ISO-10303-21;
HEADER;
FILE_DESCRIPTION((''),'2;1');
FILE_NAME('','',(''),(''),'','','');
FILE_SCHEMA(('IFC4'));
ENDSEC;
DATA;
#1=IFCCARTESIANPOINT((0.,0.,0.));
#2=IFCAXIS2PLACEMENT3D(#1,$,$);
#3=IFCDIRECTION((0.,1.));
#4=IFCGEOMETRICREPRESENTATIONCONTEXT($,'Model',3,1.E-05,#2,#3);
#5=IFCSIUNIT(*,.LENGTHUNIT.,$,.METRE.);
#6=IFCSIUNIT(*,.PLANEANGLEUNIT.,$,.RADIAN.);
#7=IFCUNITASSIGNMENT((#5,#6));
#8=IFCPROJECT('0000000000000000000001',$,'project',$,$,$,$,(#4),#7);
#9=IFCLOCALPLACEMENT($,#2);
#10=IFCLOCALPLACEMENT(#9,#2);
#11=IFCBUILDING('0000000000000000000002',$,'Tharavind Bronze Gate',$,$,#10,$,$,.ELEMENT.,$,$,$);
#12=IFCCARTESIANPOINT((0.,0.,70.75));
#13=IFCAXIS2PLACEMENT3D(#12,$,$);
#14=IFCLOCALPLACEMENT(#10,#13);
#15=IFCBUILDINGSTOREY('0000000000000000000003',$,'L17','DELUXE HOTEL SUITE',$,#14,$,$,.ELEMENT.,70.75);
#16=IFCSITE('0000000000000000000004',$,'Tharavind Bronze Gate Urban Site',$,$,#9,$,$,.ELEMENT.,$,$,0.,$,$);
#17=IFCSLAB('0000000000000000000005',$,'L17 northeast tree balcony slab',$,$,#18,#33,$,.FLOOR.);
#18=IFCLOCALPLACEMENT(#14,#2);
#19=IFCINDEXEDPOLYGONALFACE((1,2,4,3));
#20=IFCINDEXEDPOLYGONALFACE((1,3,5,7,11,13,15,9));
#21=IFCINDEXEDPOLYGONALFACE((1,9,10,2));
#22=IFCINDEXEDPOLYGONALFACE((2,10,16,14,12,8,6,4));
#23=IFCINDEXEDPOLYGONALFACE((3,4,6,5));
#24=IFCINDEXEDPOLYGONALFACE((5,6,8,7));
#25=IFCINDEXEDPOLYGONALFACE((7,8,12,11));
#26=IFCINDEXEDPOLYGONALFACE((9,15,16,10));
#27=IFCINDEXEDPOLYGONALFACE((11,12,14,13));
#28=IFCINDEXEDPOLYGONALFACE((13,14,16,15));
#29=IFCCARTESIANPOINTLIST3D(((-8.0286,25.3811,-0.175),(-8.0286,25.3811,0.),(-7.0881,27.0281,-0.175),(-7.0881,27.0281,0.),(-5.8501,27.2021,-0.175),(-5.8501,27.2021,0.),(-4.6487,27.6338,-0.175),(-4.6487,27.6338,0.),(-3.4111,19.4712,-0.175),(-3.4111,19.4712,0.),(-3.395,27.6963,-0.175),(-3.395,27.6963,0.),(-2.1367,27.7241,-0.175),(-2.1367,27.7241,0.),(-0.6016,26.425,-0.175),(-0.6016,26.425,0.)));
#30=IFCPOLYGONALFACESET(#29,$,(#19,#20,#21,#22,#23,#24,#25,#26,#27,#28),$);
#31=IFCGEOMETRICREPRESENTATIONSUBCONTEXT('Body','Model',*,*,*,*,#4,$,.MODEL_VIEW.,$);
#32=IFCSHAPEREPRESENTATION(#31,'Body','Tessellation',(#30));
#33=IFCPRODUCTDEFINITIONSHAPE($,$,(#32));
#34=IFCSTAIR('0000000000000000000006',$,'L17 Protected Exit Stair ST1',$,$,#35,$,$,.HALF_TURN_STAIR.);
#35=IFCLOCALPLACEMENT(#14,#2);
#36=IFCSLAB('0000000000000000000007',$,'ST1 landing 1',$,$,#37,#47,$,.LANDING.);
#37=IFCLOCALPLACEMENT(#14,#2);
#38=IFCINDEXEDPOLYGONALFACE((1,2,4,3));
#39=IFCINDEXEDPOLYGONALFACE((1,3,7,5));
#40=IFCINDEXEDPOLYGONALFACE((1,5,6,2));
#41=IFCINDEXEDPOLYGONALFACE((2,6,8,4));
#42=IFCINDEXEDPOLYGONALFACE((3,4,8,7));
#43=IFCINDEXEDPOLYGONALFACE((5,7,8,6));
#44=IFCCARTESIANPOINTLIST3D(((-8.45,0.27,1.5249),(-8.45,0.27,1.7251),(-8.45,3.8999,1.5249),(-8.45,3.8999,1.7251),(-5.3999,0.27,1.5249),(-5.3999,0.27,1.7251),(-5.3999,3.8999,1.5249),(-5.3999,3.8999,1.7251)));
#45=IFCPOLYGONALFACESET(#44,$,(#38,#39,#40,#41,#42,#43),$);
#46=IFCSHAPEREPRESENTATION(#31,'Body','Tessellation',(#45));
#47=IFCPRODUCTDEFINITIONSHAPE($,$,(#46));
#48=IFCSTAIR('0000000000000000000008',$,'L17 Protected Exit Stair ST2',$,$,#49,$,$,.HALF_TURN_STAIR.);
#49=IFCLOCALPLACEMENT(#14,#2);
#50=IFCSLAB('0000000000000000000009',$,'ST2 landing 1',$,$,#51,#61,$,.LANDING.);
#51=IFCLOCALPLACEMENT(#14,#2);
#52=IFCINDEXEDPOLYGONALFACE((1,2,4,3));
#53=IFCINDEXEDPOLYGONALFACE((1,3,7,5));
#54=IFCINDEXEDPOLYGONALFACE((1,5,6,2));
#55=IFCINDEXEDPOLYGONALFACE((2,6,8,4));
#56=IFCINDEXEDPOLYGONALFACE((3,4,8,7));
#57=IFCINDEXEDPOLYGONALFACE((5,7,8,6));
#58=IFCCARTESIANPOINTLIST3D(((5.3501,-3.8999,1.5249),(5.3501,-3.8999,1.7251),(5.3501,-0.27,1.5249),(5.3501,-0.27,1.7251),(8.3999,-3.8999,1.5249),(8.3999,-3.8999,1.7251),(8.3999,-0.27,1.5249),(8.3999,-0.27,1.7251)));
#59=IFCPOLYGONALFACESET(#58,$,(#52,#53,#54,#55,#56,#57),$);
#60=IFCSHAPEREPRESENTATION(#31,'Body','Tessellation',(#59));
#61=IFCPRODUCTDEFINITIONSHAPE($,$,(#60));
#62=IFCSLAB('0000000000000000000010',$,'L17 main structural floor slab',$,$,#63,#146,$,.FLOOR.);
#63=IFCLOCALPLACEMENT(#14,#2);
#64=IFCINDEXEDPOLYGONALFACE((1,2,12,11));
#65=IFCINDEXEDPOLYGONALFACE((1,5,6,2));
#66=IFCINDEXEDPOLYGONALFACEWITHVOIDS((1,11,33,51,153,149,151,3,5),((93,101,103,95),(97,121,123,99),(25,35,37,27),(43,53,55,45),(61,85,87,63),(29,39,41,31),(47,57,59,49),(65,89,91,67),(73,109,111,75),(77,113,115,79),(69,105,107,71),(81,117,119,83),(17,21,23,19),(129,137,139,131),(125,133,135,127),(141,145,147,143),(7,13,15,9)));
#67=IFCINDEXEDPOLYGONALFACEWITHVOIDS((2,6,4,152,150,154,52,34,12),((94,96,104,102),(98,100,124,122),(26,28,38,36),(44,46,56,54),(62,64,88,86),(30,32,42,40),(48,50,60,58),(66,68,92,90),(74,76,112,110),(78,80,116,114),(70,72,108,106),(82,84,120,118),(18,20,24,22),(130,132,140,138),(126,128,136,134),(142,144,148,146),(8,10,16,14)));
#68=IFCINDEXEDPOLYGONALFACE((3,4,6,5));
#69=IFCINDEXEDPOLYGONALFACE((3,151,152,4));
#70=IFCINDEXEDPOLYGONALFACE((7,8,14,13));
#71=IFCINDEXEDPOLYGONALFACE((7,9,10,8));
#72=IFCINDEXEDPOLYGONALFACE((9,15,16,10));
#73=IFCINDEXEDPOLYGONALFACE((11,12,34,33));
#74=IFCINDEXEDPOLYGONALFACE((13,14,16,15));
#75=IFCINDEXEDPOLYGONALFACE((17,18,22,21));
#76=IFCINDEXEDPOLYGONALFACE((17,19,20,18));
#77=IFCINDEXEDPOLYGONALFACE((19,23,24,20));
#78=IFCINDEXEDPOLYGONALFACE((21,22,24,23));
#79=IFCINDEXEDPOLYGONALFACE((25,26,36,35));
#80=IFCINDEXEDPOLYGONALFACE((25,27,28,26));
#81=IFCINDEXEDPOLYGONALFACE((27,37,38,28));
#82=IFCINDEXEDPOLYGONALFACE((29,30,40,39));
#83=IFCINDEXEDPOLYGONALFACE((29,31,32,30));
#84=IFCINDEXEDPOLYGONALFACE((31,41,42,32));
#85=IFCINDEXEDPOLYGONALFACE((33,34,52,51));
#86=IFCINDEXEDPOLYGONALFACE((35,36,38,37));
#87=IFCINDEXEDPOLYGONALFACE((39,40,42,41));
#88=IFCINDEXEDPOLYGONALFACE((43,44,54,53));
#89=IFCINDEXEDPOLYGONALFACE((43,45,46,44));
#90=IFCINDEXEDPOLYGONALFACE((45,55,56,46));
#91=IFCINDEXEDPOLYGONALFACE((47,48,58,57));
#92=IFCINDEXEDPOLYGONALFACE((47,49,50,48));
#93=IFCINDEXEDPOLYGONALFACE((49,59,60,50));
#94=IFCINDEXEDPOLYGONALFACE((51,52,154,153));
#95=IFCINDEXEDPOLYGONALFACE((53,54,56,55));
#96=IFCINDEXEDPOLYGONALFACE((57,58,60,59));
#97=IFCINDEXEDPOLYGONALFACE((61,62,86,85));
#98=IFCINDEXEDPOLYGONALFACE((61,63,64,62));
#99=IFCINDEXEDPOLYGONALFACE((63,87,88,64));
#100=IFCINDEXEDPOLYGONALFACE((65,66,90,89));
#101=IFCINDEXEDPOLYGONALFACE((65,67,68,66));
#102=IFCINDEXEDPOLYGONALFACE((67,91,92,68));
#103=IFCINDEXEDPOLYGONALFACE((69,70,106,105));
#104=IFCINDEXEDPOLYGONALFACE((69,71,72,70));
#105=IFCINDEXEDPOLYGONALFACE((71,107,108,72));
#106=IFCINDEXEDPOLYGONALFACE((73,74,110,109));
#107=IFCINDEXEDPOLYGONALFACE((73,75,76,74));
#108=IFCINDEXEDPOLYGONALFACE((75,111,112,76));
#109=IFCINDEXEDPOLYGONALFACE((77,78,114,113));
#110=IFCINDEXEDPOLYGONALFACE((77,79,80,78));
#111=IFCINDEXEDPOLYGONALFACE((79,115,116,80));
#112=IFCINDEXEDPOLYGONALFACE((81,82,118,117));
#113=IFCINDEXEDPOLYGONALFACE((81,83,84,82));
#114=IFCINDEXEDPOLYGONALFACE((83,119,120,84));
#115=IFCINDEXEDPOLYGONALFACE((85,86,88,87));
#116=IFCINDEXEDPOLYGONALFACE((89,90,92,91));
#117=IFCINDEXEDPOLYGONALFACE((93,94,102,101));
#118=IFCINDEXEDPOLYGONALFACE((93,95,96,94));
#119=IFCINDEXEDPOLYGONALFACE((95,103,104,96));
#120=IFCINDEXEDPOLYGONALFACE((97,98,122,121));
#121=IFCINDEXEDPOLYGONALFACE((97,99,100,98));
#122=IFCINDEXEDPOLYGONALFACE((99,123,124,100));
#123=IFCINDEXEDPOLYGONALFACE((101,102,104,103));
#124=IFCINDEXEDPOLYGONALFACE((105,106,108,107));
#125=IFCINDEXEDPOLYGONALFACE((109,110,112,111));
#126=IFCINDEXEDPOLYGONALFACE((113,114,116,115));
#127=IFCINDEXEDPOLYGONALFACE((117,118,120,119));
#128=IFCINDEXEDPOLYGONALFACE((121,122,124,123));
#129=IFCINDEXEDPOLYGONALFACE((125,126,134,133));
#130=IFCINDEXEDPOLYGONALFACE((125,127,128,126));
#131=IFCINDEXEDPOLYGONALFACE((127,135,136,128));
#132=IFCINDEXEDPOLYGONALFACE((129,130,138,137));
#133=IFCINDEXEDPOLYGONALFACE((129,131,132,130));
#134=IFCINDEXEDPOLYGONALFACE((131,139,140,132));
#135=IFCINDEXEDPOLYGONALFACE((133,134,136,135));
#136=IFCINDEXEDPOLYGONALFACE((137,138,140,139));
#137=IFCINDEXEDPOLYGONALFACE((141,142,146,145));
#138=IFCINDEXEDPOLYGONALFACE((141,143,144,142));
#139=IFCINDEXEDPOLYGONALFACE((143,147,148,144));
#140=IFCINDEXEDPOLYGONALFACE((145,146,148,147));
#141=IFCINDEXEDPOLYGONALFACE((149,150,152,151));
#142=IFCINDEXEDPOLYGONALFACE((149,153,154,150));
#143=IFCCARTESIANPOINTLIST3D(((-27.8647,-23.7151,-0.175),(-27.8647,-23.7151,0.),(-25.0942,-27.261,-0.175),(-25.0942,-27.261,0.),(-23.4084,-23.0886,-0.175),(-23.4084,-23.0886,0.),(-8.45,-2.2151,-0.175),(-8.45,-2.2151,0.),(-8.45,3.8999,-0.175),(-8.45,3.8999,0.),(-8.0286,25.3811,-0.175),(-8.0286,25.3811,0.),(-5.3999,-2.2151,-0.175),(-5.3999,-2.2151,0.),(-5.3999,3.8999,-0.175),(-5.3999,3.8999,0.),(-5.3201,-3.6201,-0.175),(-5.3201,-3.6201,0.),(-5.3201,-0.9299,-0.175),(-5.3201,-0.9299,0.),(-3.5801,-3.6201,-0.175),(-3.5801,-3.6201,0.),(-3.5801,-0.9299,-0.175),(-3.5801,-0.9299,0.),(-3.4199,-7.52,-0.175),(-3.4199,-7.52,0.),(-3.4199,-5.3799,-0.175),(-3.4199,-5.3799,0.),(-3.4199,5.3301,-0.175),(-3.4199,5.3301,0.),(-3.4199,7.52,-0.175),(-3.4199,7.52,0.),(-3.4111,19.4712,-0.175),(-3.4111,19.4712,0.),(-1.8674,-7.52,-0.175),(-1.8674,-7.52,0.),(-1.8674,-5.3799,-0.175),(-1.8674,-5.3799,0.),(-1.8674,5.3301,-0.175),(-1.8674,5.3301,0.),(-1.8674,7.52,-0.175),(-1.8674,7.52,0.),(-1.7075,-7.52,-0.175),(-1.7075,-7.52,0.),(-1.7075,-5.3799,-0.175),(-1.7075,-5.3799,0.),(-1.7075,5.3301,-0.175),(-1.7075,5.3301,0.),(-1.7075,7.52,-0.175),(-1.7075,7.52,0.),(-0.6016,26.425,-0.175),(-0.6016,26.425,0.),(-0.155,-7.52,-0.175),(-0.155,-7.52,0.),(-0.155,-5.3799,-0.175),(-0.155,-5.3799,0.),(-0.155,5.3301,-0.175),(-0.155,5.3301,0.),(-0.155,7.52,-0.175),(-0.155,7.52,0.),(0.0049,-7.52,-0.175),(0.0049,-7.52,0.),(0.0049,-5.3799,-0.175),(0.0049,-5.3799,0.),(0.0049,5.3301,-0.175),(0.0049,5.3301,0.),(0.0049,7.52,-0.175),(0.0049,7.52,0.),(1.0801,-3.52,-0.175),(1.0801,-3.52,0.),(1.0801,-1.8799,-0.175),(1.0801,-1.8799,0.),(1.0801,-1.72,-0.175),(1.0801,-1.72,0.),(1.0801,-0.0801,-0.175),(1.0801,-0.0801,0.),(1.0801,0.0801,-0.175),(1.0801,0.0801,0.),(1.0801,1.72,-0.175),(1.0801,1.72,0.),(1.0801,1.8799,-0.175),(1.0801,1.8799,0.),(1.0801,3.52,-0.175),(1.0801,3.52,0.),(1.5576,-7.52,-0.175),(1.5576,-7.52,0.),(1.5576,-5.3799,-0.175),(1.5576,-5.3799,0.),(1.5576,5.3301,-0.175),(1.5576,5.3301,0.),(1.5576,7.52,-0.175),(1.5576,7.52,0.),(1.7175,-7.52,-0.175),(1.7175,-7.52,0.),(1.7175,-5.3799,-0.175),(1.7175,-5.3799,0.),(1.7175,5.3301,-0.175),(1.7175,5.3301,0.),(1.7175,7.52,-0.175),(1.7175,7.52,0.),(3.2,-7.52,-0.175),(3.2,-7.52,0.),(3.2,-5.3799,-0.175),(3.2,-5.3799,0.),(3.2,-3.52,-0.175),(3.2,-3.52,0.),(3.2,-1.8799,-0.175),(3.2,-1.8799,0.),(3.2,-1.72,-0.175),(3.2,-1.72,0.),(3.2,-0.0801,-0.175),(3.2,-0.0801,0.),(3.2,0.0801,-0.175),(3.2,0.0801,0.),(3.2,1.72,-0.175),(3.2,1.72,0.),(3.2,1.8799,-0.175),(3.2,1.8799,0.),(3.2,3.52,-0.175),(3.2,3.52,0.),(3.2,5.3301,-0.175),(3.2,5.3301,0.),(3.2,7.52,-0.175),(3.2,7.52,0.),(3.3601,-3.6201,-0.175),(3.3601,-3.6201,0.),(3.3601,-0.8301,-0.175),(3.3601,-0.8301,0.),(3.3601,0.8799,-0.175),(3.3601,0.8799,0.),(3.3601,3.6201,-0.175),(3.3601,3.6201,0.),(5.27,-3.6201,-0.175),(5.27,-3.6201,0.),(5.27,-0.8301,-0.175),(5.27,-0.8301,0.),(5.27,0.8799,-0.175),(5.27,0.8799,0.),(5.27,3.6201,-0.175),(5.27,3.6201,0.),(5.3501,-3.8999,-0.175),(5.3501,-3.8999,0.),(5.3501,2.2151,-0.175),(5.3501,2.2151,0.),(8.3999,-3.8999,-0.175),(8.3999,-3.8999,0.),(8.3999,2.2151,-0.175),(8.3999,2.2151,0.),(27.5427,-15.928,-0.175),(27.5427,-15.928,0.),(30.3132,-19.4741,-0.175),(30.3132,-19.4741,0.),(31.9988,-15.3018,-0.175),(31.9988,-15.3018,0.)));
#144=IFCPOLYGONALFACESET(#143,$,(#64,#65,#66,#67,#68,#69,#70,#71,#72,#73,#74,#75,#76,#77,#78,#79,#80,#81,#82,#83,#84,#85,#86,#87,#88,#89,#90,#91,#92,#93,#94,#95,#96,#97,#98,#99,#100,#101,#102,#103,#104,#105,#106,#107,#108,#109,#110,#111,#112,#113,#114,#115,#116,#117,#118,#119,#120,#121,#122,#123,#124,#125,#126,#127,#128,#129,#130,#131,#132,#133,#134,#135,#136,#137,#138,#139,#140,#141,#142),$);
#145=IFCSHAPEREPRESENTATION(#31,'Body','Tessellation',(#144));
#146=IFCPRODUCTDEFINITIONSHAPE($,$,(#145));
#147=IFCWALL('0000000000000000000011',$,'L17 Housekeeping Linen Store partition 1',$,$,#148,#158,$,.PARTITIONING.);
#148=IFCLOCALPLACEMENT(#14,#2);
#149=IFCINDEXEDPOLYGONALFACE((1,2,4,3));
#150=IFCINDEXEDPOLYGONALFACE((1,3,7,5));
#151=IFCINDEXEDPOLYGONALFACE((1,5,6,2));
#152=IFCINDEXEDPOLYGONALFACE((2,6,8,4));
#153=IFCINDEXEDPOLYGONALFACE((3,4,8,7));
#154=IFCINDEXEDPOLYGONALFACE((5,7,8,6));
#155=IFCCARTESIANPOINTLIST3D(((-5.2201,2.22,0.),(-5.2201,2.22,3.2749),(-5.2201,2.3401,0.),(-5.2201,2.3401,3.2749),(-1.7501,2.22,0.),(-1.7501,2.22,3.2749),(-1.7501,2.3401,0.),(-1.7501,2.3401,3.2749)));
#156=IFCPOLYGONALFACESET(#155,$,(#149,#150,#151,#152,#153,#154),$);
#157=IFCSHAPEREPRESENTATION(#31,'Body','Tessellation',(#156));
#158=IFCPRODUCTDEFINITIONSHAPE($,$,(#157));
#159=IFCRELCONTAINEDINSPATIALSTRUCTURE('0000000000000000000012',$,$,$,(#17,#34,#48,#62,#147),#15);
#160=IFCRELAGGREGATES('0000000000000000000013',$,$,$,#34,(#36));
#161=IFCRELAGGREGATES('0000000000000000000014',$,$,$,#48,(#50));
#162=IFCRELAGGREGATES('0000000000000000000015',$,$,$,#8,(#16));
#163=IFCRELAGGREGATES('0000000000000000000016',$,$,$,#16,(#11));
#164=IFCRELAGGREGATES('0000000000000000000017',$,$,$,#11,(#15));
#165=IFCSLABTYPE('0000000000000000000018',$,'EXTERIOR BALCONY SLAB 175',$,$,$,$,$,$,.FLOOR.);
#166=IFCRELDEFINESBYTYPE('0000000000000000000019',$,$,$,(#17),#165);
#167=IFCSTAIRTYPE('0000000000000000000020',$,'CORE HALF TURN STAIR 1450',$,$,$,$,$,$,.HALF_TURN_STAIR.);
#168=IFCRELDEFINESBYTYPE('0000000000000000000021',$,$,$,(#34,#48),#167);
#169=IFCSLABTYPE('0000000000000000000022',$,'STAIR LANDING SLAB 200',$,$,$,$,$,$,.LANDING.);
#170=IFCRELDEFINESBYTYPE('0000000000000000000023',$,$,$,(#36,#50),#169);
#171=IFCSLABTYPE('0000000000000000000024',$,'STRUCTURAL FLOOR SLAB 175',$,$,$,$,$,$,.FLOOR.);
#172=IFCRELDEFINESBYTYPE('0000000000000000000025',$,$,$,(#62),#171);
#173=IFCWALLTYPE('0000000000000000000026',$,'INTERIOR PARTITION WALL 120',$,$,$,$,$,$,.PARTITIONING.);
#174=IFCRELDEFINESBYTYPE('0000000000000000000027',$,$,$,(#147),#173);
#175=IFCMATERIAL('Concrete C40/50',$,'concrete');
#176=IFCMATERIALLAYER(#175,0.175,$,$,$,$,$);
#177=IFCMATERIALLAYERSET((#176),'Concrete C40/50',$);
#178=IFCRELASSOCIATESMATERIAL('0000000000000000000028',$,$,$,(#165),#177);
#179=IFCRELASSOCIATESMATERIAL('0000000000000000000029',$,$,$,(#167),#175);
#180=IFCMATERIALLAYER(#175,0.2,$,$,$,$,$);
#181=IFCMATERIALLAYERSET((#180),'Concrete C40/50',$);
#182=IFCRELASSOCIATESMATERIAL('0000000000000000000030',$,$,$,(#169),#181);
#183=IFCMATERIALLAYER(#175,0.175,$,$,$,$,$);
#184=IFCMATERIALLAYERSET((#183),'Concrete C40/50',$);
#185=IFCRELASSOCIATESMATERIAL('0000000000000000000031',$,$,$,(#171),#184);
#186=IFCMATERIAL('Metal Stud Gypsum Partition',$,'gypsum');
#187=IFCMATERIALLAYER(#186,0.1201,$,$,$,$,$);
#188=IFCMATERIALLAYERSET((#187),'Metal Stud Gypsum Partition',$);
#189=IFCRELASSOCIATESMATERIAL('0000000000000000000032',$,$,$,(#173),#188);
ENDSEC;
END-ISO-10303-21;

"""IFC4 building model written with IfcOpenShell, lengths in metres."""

from ifc_helpers import new_model, si_unit, direction, frame, frame_2d, origin, place, context, subcontext, project, spatial, polyline, rectangle, outline, extrude, material, layer, layer_set, type_object, element, aggregate, save


model = new_model("IFC4")

# Units and contexts
model_context = context("Model", 3, precision=1e-05, world=origin(), true_north=direction((0.0, 1.0)))
body_context = subcontext(model_context, "Body", "Model", "MODEL_VIEW")
ifc_project = project(units=[si_unit("LENGTHUNIT", "METRE"), si_unit("PLANEANGLEUNIT", "RADIAN")], contexts=[model_context])

# Site, building, storey
site_placement = place(None, origin())
site = spatial("IfcSite", under=ifc_project, at=site_placement, Name="Tharavind Bronze Gate Urban Site", CompositionType="ELEMENT", RefElevation=0.0)
building_placement = place(site_placement, origin())
building = spatial("IfcBuilding", under=site, at=building_placement, Name="Tharavind Bronze Gate", CompositionType="ELEMENT")
storey_placement = place(building_placement, frame((0.0, 0.0, 70.75)))
storey = spatial("IfcBuildingStorey", under=building, at=storey_placement, Name="L17", Description="DELUXE HOTEL SUITE", CompositionType="ELEMENT", Elevation=70.75)

# Slab
ifc_material_1 = material(Name="Concrete C40/50", Category="concrete")
ifc_layer_1 = layer(ifc_material_1, 0.175)
ifc_layer_set_1 = layer_set([ifc_layer_1], Name="Concrete C40/50")
slab_type_1 = type_object("IfcSlabType", Name="EXTERIOR BALCONY SLAB 175", PredefinedType="FLOOR", material=ifc_layer_set_1)
slab_1_placement = place(storey_placement, frame((0.0, 0.0, -0.175)))
element("IfcSlab", 1, at=slab_1_placement, inside=storey, type_object=slab_type_1, Name="L17 northeast tree balcony slab", PredefinedType="FLOOR", context=body_context, shape_type="SweptSolid", body=[
    extrude(outline(polyline([(-2.1367, 27.7241), (-3.395, 27.6963), (-4.6487, 27.6338), (-5.8501, 27.2021), (-7.0881, 27.0281), (-8.0286, 25.3811), (-3.4111, 19.4712), (-0.6016, 26.425), (-2.1367, 27.7241)])), origin(), (0.0, 0.0, 1.0), 0.175),
])

# Stairs, slabs
stair_type = type_object("IfcStairType", Name="CORE HALF TURN STAIR 1450", PredefinedType="HALF_TURN_STAIR", material=ifc_material_1)
stair_1_placement = place(storey_placement, origin())
stair_1 = element("IfcStair", 2, at=stair_1_placement, inside=storey, type_object=stair_type, Name="L17 Protected Exit Stair ST1", PredefinedType="HALF_TURN_STAIR")
ifc_layer_2 = layer(ifc_material_1, 0.2)
ifc_layer_set_2 = layer_set([ifc_layer_2], Name="Concrete C40/50")
slab_type_2 = type_object("IfcSlabType", Name="STAIR LANDING SLAB 200", PredefinedType="LANDING", material=ifc_layer_set_2)
slab_2_placement = place(storey_placement, frame((0.0, 0.0, 1.5249)))
slab_2 = element("IfcSlab", 3, at=slab_2_placement, type_object=slab_type_2, Name="ST1 landing 1", PredefinedType="LANDING", context=body_context, shape_type="SweptSolid", body=[
    extrude(outline(polyline([(-5.3999, 0.27), (-5.3999, 3.8999), (-8.45, 3.8999), (-8.45, 0.27), (-5.3999, 0.27)])), origin(), (0.0, 0.0, 1.0), 0.2002),
])
aggregate(stair_1, [slab_2])
stair_2_placement = place(storey_placement, origin())
stair_2 = element("IfcStair", 4, at=stair_2_placement, inside=storey, type_object=stair_type, Name="L17 Protected Exit Stair ST2", PredefinedType="HALF_TURN_STAIR")
slab_3_placement = place(storey_placement, frame((0.0, 0.0, 1.5249)))
slab_3 = element("IfcSlab", 5, at=slab_3_placement, type_object=slab_type_2, Name="ST2 landing 1", PredefinedType="LANDING", context=body_context, shape_type="SweptSolid", body=[
    extrude(outline(polyline([(5.3501, -0.27), (5.3501, -3.8999), (8.3999, -3.8999), (8.3999, -0.27), (5.3501, -0.27)])), origin(), (0.0, 0.0, 1.0), 0.2002),
])
aggregate(stair_2, [slab_3])

# Slab
ifc_layer_3 = layer(ifc_material_1, 0.175)
ifc_layer_set_3 = layer_set([ifc_layer_3], Name="Concrete C40/50")
slab_type_3 = type_object("IfcSlabType", Name="STRUCTURAL FLOOR SLAB 175", PredefinedType="FLOOR", material=ifc_layer_set_3)
slab_4_placement = place(storey_placement, frame((0.0, 0.0, -0.175)))
element("IfcSlab", 6, at=slab_4_placement, inside=storey, type_object=slab_type_3, Name="L17 main structural floor slab", PredefinedType="FLOOR", context=body_context, shape_type="SweptSolid", body=[
    extrude(outline(polyline([(-0.6016, 26.425), (-3.4111, 19.4712), (-8.0286, 25.3811), (-27.8647, -23.7151), (-23.4084, -23.0886), (-25.0942, -27.261), (30.3132, -19.4741), (27.5427, -15.928), (31.9988, -15.3018), (-0.6016, 26.425)]), holes=[polyline([(-5.3999, -2.2151), (-5.3999, 3.8999), (-8.45, 3.8999), (-8.45, -2.2151), (-5.3999, -2.2151)]), polyline([(5.3501, 2.2151), (5.3501, -3.8999), (8.3999, -3.8999), (8.3999, 2.2151), (5.3501, 2.2151)]), polyline([(-3.4199, -7.52), (-1.8674, -7.52), (-1.8674, -5.3799), (-3.4199, -5.3799), (-3.4199, -7.52)]), polyline([(-1.7075, -7.52), (-0.155, -7.52), (-0.155, -5.3799), (-1.7075, -5.3799), (-1.7075, -7.52)]), polyline([(0.0049, -7.52), (1.5576, -7.52), (1.5576, -5.3799), (0.0049, -5.3799), (0.0049, -7.52)]), polyline([(1.7175, -7.52), (3.2, -7.52), (3.2, -5.3799), (1.7175, -5.3799), (1.7175, -7.52)]), polyline([(-3.4199, 5.3301), (-1.8674, 5.3301), (-1.8674, 7.52), (-3.4199, 7.52), (-3.4199, 5.3301)]), polyline([(-1.7075, 5.3301), (-0.155, 5.3301), (-0.155, 7.52), (-1.7075, 7.52), (-1.7075, 5.3301)]), polyline([(0.0049, 5.3301), (1.5576, 5.3301), (1.5576, 7.52), (0.0049, 7.52), (0.0049, 5.3301)]), polyline([(1.7175, 5.3301), (3.2, 5.3301), (3.2, 7.52), (1.7175, 7.52), (1.7175, 5.3301)]), polyline([(1.0801, -3.52), (3.2, -3.52), (3.2, -1.8799), (1.0801, -1.8799), (1.0801, -3.52)]), polyline([(1.0801, -1.72), (3.2, -1.72), (3.2, -0.0801), (1.0801, -0.0801), (1.0801, -1.72)]), polyline([(1.0801, 0.0801), (3.2, 0.0801), (3.2, 1.72), (1.0801, 1.72), (1.0801, 0.0801)]), polyline([(1.0801, 1.8799), (3.2, 1.8799), (3.2, 3.52), (1.0801, 3.52), (1.0801, 1.8799)]), polyline([(-5.3201, -3.6201), (-3.5801, -3.6201), (-3.5801, -0.9299), (-5.3201, -0.9299), (-5.3201, -3.6201)]), polyline([(3.3601, 0.8799), (5.27, 0.8799), (5.27, 3.6201), (3.3601, 3.6201), (3.3601, 0.8799)]), polyline([(3.3601, -3.6201), (5.27, -3.6201), (5.27, -0.8301), (3.3601, -0.8301), (3.3601, -3.6201)])]), origin(), (0.0, 0.0, 1.0), 0.175),
])

# Wall
ifc_material_2 = material(Name="Metal Stud Gypsum Partition", Category="gypsum")
ifc_layer_4 = layer(ifc_material_2, 0.1201)
ifc_layer_set_4 = layer_set([ifc_layer_4], Name="Metal Stud Gypsum Partition")
wall_type_1 = type_object("IfcWallType", Name="INTERIOR PARTITION WALL 120", PredefinedType="PARTITIONING", material=ifc_layer_set_4)
wall_1_placement = place(storey_placement, frame((-5.22, 2.28, 0.0), z_axis=(0.0, 0.0, 1.0), x_axis=(1.0, 0.0, 0.0)))
element("IfcWall", 7, at=wall_1_placement, inside=storey, type_object=wall_type_1, Name="L17 Housekeeping Linen Store partition 1", PredefinedType="PARTITIONING", context=body_context, shape_type="SweptSolid", body=[
    extrude(rectangle(XDim=3.47, YDim=0.1201, at=frame_2d((1.7349, 0.0))), origin(), (0.0, 0.0, 1.0), 3.2749),
])

save(model, "model.ifc")
